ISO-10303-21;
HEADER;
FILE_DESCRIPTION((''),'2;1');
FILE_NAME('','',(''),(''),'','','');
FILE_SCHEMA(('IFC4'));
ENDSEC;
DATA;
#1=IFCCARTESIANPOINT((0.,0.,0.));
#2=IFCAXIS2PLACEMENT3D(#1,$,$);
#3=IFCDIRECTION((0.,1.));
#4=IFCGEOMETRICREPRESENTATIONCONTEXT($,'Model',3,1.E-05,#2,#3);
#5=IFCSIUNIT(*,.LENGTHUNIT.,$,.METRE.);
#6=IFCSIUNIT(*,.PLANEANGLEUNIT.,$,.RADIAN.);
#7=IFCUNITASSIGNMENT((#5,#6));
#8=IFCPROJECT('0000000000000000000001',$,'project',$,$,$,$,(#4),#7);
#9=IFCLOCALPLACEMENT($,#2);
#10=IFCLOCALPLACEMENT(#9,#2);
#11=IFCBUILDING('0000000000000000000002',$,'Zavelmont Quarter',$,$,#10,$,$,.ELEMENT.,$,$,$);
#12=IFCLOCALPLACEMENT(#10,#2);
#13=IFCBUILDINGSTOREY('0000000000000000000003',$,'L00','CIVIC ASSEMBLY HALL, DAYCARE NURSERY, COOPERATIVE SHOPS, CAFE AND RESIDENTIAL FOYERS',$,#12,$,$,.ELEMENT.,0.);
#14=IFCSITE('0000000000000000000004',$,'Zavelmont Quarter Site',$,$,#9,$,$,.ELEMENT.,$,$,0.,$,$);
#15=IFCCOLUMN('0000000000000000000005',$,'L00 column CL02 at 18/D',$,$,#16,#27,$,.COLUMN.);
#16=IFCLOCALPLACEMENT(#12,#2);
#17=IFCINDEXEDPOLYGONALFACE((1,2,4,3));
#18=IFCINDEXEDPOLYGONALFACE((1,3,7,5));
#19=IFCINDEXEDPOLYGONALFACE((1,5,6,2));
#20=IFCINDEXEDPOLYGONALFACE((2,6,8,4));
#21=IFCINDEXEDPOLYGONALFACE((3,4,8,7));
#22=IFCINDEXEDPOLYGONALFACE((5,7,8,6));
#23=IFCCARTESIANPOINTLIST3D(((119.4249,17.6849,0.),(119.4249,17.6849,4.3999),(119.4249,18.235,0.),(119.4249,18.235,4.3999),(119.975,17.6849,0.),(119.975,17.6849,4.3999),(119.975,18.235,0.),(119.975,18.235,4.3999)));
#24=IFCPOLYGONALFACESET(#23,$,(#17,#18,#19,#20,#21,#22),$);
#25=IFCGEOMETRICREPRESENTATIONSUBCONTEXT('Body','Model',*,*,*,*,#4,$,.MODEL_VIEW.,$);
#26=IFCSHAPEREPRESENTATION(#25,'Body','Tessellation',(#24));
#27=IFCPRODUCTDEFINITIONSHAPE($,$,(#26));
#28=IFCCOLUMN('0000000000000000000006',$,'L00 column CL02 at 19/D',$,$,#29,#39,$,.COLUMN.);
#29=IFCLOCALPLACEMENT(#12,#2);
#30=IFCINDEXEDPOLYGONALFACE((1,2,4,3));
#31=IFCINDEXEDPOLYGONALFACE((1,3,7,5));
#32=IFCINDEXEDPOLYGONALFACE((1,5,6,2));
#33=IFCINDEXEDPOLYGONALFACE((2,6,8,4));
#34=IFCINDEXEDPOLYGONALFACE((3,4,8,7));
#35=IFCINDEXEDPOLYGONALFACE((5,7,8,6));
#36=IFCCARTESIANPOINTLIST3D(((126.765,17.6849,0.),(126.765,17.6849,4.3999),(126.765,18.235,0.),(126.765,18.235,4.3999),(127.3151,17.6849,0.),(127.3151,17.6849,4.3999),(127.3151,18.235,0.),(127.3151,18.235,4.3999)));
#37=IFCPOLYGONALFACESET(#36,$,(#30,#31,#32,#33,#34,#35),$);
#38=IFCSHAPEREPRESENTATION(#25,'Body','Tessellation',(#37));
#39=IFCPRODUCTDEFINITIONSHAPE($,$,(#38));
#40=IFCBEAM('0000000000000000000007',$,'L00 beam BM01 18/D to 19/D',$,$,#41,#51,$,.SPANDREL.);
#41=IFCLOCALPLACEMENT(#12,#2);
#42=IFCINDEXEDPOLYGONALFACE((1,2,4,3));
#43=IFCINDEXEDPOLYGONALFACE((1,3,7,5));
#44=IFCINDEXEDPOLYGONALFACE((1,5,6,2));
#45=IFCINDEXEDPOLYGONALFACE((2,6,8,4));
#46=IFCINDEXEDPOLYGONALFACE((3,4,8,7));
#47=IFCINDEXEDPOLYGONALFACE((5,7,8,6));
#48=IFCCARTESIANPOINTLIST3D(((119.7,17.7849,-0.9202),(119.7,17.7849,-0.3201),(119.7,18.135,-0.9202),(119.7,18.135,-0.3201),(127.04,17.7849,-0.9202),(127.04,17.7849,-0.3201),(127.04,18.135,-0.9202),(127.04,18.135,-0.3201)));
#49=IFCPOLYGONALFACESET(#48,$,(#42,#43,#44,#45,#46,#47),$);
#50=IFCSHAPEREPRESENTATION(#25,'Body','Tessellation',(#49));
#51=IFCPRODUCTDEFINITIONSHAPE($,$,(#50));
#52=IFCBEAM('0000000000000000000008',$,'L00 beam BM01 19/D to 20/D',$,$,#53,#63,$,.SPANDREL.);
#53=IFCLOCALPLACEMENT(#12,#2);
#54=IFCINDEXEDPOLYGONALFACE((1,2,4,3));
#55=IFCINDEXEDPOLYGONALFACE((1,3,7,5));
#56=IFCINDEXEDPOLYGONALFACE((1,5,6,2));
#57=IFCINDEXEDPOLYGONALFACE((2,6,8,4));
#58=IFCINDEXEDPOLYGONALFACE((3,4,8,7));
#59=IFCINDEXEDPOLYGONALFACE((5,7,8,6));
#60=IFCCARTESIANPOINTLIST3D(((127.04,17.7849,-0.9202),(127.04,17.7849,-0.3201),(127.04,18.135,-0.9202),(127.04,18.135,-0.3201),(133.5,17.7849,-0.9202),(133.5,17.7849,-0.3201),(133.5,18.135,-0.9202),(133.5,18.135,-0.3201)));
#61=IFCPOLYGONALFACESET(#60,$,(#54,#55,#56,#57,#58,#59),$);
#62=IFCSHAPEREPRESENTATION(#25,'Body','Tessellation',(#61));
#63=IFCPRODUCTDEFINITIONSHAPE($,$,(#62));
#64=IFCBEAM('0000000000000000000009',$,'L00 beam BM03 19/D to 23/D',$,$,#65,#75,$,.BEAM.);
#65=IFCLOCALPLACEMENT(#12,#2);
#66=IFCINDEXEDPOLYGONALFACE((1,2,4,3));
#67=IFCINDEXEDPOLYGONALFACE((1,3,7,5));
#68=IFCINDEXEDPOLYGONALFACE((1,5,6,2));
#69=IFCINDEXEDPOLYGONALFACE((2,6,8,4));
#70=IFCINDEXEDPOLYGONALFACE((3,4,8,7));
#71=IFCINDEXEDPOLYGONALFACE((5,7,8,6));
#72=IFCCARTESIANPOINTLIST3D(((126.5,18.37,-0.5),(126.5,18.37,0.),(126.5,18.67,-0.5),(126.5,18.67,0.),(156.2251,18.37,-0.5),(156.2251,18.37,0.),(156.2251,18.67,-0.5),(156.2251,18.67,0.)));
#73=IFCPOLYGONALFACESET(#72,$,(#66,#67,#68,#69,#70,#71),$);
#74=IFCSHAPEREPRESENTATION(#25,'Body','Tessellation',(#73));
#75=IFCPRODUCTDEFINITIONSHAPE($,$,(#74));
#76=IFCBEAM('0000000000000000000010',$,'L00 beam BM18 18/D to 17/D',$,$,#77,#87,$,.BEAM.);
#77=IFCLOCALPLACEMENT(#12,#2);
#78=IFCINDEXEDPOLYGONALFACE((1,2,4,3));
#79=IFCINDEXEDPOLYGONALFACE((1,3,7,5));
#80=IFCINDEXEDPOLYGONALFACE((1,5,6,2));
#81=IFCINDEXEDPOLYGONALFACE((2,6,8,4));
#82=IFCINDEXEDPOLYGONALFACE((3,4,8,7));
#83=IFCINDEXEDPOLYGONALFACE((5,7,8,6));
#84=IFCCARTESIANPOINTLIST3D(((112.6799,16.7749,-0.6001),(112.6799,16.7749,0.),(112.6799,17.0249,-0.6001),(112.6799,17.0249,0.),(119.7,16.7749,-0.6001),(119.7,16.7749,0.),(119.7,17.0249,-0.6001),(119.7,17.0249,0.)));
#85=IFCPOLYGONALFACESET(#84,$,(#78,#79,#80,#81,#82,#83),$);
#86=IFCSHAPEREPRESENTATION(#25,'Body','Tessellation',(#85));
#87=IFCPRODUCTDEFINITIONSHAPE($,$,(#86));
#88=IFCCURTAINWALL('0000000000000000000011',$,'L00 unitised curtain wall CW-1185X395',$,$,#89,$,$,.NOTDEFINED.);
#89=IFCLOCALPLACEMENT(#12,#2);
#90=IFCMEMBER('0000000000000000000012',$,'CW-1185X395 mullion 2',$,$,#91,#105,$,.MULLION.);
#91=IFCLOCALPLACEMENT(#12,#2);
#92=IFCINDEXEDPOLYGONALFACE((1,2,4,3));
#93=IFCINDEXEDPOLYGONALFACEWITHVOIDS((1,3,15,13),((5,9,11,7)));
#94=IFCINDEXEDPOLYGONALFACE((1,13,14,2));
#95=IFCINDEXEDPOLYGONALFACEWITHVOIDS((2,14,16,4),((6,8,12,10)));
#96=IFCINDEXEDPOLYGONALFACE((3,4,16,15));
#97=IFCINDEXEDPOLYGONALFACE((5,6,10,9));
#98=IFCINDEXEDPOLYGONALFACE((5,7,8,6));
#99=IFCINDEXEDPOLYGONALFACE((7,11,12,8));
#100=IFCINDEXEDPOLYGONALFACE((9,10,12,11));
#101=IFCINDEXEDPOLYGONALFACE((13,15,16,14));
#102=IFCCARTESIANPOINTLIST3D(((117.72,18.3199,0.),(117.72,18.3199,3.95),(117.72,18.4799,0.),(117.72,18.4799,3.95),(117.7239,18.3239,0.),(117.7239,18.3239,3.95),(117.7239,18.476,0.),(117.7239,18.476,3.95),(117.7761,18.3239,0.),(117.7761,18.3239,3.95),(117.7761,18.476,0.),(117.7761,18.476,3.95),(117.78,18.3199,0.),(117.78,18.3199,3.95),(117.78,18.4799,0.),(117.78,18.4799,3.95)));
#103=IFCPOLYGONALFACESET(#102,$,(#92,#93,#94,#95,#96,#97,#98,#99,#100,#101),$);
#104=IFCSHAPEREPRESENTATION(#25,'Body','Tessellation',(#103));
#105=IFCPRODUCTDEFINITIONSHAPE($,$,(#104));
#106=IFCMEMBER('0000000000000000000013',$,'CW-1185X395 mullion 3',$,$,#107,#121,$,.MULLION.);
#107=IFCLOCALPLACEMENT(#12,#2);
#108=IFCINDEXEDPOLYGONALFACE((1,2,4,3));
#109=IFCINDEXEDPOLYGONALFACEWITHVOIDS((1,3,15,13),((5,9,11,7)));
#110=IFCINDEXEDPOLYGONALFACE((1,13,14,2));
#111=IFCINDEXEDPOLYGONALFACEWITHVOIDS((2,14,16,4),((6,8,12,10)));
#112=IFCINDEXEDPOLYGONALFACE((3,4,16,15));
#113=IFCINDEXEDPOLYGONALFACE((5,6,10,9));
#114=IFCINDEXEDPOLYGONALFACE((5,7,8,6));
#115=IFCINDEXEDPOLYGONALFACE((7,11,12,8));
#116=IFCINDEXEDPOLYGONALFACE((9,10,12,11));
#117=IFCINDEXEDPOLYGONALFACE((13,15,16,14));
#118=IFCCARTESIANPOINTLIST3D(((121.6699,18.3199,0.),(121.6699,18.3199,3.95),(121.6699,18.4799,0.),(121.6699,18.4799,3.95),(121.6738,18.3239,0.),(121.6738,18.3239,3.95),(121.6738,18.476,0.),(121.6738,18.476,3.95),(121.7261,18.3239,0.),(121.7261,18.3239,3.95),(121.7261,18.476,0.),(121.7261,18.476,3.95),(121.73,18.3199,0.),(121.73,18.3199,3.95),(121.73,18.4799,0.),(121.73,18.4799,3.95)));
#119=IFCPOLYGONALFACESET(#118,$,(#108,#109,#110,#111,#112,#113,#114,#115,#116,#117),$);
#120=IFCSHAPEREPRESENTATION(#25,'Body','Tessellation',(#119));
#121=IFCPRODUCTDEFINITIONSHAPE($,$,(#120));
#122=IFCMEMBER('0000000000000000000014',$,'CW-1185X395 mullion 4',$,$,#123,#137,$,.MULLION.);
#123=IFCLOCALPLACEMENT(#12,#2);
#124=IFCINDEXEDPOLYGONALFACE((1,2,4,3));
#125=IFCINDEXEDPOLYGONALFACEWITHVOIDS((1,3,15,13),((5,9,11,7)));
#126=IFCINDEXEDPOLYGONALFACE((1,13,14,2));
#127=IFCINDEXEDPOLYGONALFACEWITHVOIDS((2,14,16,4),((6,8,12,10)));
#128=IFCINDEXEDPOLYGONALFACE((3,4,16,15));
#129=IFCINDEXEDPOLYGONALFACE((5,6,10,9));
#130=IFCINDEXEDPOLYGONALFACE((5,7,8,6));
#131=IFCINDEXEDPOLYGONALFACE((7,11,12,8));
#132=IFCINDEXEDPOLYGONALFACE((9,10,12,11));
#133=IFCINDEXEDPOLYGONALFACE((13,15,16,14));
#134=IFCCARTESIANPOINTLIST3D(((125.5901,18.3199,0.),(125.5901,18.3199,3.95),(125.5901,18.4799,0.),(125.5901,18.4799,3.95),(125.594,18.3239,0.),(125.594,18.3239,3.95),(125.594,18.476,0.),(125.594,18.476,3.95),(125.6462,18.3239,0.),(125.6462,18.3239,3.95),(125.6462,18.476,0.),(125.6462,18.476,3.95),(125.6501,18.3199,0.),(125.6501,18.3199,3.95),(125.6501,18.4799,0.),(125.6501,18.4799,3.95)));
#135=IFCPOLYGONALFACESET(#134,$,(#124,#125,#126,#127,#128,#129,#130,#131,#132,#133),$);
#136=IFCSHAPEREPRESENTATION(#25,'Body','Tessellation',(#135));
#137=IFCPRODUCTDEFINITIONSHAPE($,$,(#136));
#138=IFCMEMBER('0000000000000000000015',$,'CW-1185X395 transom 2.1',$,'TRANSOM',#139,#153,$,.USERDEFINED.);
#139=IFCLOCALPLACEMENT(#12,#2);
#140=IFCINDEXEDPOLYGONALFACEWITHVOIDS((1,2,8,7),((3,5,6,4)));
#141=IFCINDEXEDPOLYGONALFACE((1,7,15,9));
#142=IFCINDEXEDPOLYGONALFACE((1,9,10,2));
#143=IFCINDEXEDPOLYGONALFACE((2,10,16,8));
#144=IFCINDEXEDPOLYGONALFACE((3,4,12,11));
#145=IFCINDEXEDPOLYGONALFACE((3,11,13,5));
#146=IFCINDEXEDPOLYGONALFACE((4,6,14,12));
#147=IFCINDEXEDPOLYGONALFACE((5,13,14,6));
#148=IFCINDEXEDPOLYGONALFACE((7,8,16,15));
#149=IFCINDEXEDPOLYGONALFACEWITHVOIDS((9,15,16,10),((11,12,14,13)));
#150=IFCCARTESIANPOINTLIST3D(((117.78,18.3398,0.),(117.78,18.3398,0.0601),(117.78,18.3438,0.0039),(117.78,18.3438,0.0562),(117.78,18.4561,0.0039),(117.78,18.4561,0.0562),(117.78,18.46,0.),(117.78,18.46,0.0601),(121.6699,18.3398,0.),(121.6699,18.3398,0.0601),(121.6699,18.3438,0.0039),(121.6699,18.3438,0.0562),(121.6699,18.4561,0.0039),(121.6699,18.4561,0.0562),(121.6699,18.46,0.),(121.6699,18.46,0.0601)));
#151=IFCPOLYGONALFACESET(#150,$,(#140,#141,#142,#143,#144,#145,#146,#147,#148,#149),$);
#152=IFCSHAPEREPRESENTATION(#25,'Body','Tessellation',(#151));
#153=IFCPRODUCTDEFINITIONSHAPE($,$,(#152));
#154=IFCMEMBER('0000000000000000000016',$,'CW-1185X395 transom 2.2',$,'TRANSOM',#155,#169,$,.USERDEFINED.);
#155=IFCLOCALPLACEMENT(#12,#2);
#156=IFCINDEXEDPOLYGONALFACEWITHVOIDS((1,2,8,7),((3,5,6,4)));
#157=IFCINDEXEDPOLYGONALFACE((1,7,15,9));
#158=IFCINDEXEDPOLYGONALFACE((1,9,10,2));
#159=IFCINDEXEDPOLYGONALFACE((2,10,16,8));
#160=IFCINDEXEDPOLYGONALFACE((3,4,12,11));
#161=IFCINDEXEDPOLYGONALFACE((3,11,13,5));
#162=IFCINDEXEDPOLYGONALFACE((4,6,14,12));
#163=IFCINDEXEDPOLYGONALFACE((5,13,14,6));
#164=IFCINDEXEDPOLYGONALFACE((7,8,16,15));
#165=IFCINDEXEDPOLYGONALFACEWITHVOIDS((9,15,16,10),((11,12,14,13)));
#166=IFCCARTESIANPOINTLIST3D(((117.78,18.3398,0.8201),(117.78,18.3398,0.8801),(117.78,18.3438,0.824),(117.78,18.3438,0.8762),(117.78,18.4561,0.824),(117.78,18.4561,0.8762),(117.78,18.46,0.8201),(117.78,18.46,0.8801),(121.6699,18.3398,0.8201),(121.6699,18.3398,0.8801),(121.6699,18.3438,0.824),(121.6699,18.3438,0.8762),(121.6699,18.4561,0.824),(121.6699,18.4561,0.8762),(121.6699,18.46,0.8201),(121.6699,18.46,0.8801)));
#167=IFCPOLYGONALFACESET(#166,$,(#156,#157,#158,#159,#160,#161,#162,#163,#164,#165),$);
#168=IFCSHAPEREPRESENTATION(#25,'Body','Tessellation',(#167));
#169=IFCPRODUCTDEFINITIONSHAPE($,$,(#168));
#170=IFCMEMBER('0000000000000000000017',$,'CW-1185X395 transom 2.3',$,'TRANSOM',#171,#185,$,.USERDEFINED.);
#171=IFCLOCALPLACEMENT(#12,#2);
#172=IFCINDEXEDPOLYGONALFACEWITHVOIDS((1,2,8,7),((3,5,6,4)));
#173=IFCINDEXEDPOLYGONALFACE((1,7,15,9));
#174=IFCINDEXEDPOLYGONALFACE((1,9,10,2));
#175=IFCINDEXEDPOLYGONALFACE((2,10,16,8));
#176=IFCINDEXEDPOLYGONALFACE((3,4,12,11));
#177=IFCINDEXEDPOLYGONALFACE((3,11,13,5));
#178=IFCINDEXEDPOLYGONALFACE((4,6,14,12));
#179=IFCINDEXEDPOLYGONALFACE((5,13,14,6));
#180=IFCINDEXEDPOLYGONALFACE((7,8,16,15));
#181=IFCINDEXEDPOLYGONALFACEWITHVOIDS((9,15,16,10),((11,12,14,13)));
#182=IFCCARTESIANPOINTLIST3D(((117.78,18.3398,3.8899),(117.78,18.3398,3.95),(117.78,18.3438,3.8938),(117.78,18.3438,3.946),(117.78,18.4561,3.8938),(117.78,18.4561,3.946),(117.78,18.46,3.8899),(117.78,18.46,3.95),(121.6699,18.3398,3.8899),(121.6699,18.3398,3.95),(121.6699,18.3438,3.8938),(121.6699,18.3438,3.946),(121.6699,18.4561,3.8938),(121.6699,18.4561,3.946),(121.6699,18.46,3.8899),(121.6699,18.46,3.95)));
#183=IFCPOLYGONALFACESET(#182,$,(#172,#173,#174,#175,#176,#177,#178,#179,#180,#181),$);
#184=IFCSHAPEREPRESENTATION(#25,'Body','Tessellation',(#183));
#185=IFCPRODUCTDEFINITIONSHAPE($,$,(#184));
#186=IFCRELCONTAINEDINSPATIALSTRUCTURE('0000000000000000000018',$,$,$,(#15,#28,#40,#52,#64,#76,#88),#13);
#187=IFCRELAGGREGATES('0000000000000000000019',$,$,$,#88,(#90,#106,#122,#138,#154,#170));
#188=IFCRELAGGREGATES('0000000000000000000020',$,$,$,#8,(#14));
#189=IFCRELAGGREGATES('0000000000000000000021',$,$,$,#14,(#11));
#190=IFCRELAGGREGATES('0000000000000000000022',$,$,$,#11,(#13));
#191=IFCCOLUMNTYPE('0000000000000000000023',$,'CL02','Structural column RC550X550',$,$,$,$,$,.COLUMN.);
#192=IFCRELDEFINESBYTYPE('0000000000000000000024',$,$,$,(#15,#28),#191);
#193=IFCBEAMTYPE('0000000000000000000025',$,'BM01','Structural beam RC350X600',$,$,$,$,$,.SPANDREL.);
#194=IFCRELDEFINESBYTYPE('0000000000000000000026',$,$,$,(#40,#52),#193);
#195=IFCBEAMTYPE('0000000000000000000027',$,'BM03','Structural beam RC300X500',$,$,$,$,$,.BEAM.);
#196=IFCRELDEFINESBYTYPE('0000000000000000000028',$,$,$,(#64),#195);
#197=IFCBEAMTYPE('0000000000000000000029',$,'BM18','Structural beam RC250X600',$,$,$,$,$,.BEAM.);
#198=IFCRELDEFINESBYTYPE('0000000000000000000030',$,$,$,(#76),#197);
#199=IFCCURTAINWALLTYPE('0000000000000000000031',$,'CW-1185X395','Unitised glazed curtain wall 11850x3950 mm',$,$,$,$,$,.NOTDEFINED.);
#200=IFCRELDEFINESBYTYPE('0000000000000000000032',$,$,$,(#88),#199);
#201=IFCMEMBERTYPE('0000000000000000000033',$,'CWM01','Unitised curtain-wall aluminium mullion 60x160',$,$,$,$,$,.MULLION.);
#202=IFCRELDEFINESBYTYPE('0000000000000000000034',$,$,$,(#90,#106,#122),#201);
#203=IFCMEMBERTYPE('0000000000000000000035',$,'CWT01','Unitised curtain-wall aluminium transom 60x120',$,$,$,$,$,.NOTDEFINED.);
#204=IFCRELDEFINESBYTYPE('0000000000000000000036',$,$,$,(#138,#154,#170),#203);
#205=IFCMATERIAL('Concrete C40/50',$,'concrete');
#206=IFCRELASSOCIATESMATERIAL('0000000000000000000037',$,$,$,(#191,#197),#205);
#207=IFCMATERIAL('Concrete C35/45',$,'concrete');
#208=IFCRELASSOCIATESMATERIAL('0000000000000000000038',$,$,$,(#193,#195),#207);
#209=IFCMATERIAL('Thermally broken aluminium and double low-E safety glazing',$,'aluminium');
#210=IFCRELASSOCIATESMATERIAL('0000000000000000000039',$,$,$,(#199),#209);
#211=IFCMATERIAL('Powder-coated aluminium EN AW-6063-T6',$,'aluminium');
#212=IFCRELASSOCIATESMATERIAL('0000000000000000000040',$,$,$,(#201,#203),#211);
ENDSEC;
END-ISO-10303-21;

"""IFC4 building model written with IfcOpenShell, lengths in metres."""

from ifc_helpers import new_model, si_unit, direction, frame, origin, origin_2d, place, context, subcontext, project, spatial, rectangle, hollow_rectangle, extrude, material, material_profile, profile_set, type_object, element, aggregate, save


model = new_model("IFC4")

# Units and contexts
model_context = context("Model", 3, precision=1e-05, world=origin(), true_north=direction((0.0, 1.0)))
body_context = subcontext(model_context, "Body", "Model", "MODEL_VIEW")
ifc_project = project(units=[si_unit("LENGTHUNIT", "METRE"), si_unit("PLANEANGLEUNIT", "RADIAN")], contexts=[model_context])

# Site, building, storey
site_placement = place(None, origin())
site = spatial("IfcSite", under=ifc_project, at=site_placement, Name="Zavelmont Quarter Site", CompositionType="ELEMENT", RefElevation=0.0)
building_placement = place(site_placement, origin())
building = spatial("IfcBuilding", under=site, at=building_placement, Name="Zavelmont Quarter", CompositionType="ELEMENT")
storey_placement = place(building_placement, origin())
storey = spatial("IfcBuildingStorey", under=building, at=storey_placement, Name="L00", Description="CIVIC ASSEMBLY HALL, DAYCARE NURSERY, COOPERATIVE SHOPS, CAFE AND RESIDENTIAL FOYERS", CompositionType="ELEMENT", Elevation=0.0)

# Columns
ifc_material_1 = material(Name="Concrete C40/50", Category="concrete")
ifc_material_profile_1 = material_profile(ifc_material_1, rectangle(XDim=0.55, YDim=0.55, at=origin_2d()), Name="RC550X550")
ifc_profile_set_1 = profile_set([ifc_material_profile_1], Name="Concrete C40/50")
column_type = type_object("IfcColumnType", Name="CL02", Description="Structural column RC550X550", PredefinedType="COLUMN", material=ifc_profile_set_1)
for number, where, z_axis, x_axis, name in (
    (1, (119.7, 17.96, 0.0), (0.0, 0.0, 1.0), (1.0, 0.0, 0.0), "L00 column CL02 at 18/D"),
    (2, (127.04, 17.96, 0.0), (0.0, 0.0, 1.0), (1.0, 0.0, 0.0), "L00 column CL02 at 19/D"),
):
    element("IfcColumn", number, at=place(storey_placement, frame(where, z_axis=z_axis, x_axis=x_axis)), inside=storey, type_object=column_type, Name=name, PredefinedType="COLUMN", context=body_context, shape_type="SweptSolid", body=[
        extrude(rectangle(XDim=0.55, YDim=0.55, at=origin_2d()), origin(), (0.0, 0.0, 1.0), 4.3999),
    ])

# Beams
ifc_material_2 = material(Name="Concrete C35/45", Category="concrete")
ifc_material_profile_2 = material_profile(ifc_material_2, rectangle(XDim=0.3501, YDim=0.6001, at=origin_2d()), Name="RC350X600")
ifc_profile_set_2 = profile_set([ifc_material_profile_2], Name="Concrete C35/45")
beam_type_1 = type_object("IfcBeamType", Name="BM01", Description="Structural beam RC350X600", PredefinedType="SPANDREL", material=ifc_profile_set_2)
beam_1_placement = place(storey_placement, frame((119.7, 17.96, -0.6201), z_axis=(1.0, 0.0, 0.0), x_axis=(0.0, 1.0, 0.0)))
element("IfcBeam", 3, at=beam_1_placement, inside=storey, type_object=beam_type_1, Name="L00 beam BM01 18/D to 19/D", PredefinedType="SPANDREL", context=body_context, shape_type="SweptSolid", body=[
    extrude(rectangle(XDim=0.3501, YDim=0.6001, at=origin_2d()), origin(), (0.0, 0.0, 1.0), 7.3401),
])
beam_2_placement = place(storey_placement, frame((127.04, 17.96, -0.6201), z_axis=(1.0, 0.0, 0.0), x_axis=(0.0, 1.0, 0.0)))
element("IfcBeam", 4, at=beam_2_placement, inside=storey, type_object=beam_type_1, Name="L00 beam BM01 19/D to 20/D", PredefinedType="SPANDREL", context=body_context, shape_type="SweptSolid", body=[
    extrude(rectangle(XDim=0.3501, YDim=0.6001, at=origin_2d()), origin(), (0.0, 0.0, 1.0), 6.46),
])
ifc_material_profile_3 = material_profile(ifc_material_2, rectangle(XDim=0.3, YDim=0.5, at=origin_2d()), Name="RC300X500")
ifc_profile_set_3 = profile_set([ifc_material_profile_3], Name="Concrete C35/45")
beam_type_2 = type_object("IfcBeamType", Name="BM03", Description="Structural beam RC300X500", PredefinedType="BEAM", material=ifc_profile_set_3)
beam_3_placement = place(storey_placement, frame((126.5, 18.52, -0.25), z_axis=(1.0, 0.0, 0.0), x_axis=(0.0, 1.0, 0.0)))
element("IfcBeam", 5, at=beam_3_placement, inside=storey, type_object=beam_type_2, Name="L00 beam BM03 19/D to 23/D", PredefinedType="BEAM", context=body_context, shape_type="SweptSolid", body=[
    extrude(rectangle(XDim=0.3, YDim=0.5, at=origin_2d()), origin(), (0.0, 0.0, 1.0), 29.7251),
])
ifc_material_profile_4 = material_profile(ifc_material_1, rectangle(XDim=0.25, YDim=0.6001, at=origin_2d()), Name="RC250X600")
ifc_profile_set_4 = profile_set([ifc_material_profile_4], Name="Concrete C40/50")
beam_type_3 = type_object("IfcBeamType", Name="BM18", Description="Structural beam RC250X600", PredefinedType="BEAM", material=ifc_profile_set_4)
beam_4_placement = place(storey_placement, frame((119.7, 16.8999, -0.3), z_axis=(-1.0, 0.0, 0.0), x_axis=(0.0, -1.0, 0.0)))
element("IfcBeam", 6, at=beam_4_placement, inside=storey, type_object=beam_type_3, Name="L00 beam BM18 18/D to 17/D", PredefinedType="BEAM", context=body_context, shape_type="SweptSolid", body=[
    extrude(rectangle(XDim=0.25, YDim=0.6001, at=origin_2d()), origin(), (0.0, 0.0, 1.0), 7.02),
])

# Curtain wall, members
ifc_material_3 = material(Name="Thermally broken aluminium and double low-E safety glazing", Category="aluminium")
curtain_wall_type = type_object("IfcCurtainWallType", Name="CW-1185X395", Description="Unitised glazed curtain wall 11850x3950 mm", PredefinedType="NOTDEFINED", material=ifc_material_3)
curtain_wall_placement = place(storey_placement, origin())
curtain_wall = element("IfcCurtainWall", 7, at=curtain_wall_placement, inside=storey, type_object=curtain_wall_type, Name="L00 unitised curtain wall CW-1185X395", PredefinedType="NOTDEFINED")
ifc_material_4 = material(Name="Powder-coated aluminium EN AW-6063-T6", Category="aluminium")
ifc_material_profile_5 = material_profile(ifc_material_4, hollow_rectangle(XDim=0.0601, YDim=0.1599, WallThickness=0.0039, at=origin_2d()), Name="CWM60X160")
ifc_profile_set_5 = profile_set([ifc_material_profile_5], Name="Powder-coated aluminium EN AW-6063-T6")
member_type_1 = type_object("IfcMemberType", Name="CWM01", Description="Unitised curtain-wall aluminium mullion 60x160", PredefinedType="MULLION", material=ifc_profile_set_5)
member_1_placement = place(storey_placement, frame((117.75, 18.3999, 0.0), z_axis=(0.0, 0.0, 1.0), x_axis=(1.0, 0.0, 0.0)))
member_1 = element("IfcMember", 8, at=member_1_placement, type_object=member_type_1, Name="CW-1185X395 mullion 2", PredefinedType="MULLION", context=body_context, shape_type="SweptSolid", body=[
    extrude(hollow_rectangle(XDim=0.0601, YDim=0.1599, WallThickness=0.0039, at=origin_2d()), origin(), (0.0, 0.0, 1.0), 3.95),
])
member_2_placement = place(storey_placement, frame((121.7, 18.3999, 0.0), z_axis=(0.0, 0.0, 1.0), x_axis=(1.0, 0.0, 0.0)))
member_2 = element("IfcMember", 9, at=member_2_placement, type_object=member_type_1, Name="CW-1185X395 mullion 3", PredefinedType="MULLION", context=body_context, shape_type="SweptSolid", body=[
    extrude(hollow_rectangle(XDim=0.0601, YDim=0.1599, WallThickness=0.0039, at=origin_2d()), origin(), (0.0, 0.0, 1.0), 3.95),
])
member_3_placement = place(storey_placement, frame((125.6201, 18.3999, 0.0), z_axis=(0.0, 0.0, 1.0), x_axis=(1.0, 0.0, 0.0)))
member_3 = element("IfcMember", 10, at=member_3_placement, type_object=member_type_1, Name="CW-1185X395 mullion 4", PredefinedType="MULLION", context=body_context, shape_type="SweptSolid", body=[
    extrude(hollow_rectangle(XDim=0.0601, YDim=0.1599, WallThickness=0.0039, at=origin_2d()), origin(), (0.0, 0.0, 1.0), 3.95),
])
ifc_material_profile_6 = material_profile(ifc_material_4, hollow_rectangle(XDim=0.1201, YDim=0.0601, WallThickness=0.0039, at=origin_2d()), Name="CWT60X120")
ifc_profile_set_6 = profile_set([ifc_material_profile_6], Name="Powder-coated aluminium EN AW-6063-T6")
member_type_2 = type_object("IfcMemberType", Name="CWT01", Description="Unitised curtain-wall aluminium transom 60x120", PredefinedType="NOTDEFINED", material=ifc_profile_set_6)
member_4_placement = place(storey_placement, frame((117.78, 18.3999, 0.03), z_axis=(1.0, 0.0, 0.0), x_axis=(0.0, 1.0, 0.0)))
member_4 = element("IfcMember", 11, at=member_4_placement, type_object=member_type_2, Name="CW-1185X395 transom 2.1", ObjectType="TRANSOM", PredefinedType="USERDEFINED", context=body_context, shape_type="SweptSolid", body=[
    extrude(hollow_rectangle(XDim=0.1201, YDim=0.0601, WallThickness=0.0039, at=origin_2d()), origin(), (0.0, 0.0, 1.0), 3.8899),
])
member_5_placement = place(storey_placement, frame((117.78, 18.3999, 0.8501), z_axis=(1.0, 0.0, 0.0), x_axis=(0.0, 1.0, 0.0)))
member_5 = element("IfcMember", 12, at=member_5_placement, type_object=member_type_2, Name="CW-1185X395 transom 2.2", ObjectType="TRANSOM", PredefinedType="USERDEFINED", context=body_context, shape_type="SweptSolid", body=[
    extrude(hollow_rectangle(XDim=0.1201, YDim=0.0601, WallThickness=0.0039, at=origin_2d()), origin(), (0.0, 0.0, 1.0), 3.8899),
])
member_6_placement = place(storey_placement, frame((117.78, 18.3999, 3.9199), z_axis=(1.0, 0.0, 0.0), x_axis=(0.0, 1.0, 0.0)))
member_6 = element("IfcMember", 13, at=member_6_placement, type_object=member_type_2, Name="CW-1185X395 transom 2.3", ObjectType="TRANSOM", PredefinedType="USERDEFINED", context=body_context, shape_type="SweptSolid", body=[
    extrude(hollow_rectangle(XDim=0.1201, YDim=0.0601, WallThickness=0.0039, at=origin_2d()), origin(), (0.0, 0.0, 1.0), 3.8899),
])

aggregate(curtain_wall, [member_1, member_2, member_3, member_4, member_5, member_6])

save(model, "model.ifc")
